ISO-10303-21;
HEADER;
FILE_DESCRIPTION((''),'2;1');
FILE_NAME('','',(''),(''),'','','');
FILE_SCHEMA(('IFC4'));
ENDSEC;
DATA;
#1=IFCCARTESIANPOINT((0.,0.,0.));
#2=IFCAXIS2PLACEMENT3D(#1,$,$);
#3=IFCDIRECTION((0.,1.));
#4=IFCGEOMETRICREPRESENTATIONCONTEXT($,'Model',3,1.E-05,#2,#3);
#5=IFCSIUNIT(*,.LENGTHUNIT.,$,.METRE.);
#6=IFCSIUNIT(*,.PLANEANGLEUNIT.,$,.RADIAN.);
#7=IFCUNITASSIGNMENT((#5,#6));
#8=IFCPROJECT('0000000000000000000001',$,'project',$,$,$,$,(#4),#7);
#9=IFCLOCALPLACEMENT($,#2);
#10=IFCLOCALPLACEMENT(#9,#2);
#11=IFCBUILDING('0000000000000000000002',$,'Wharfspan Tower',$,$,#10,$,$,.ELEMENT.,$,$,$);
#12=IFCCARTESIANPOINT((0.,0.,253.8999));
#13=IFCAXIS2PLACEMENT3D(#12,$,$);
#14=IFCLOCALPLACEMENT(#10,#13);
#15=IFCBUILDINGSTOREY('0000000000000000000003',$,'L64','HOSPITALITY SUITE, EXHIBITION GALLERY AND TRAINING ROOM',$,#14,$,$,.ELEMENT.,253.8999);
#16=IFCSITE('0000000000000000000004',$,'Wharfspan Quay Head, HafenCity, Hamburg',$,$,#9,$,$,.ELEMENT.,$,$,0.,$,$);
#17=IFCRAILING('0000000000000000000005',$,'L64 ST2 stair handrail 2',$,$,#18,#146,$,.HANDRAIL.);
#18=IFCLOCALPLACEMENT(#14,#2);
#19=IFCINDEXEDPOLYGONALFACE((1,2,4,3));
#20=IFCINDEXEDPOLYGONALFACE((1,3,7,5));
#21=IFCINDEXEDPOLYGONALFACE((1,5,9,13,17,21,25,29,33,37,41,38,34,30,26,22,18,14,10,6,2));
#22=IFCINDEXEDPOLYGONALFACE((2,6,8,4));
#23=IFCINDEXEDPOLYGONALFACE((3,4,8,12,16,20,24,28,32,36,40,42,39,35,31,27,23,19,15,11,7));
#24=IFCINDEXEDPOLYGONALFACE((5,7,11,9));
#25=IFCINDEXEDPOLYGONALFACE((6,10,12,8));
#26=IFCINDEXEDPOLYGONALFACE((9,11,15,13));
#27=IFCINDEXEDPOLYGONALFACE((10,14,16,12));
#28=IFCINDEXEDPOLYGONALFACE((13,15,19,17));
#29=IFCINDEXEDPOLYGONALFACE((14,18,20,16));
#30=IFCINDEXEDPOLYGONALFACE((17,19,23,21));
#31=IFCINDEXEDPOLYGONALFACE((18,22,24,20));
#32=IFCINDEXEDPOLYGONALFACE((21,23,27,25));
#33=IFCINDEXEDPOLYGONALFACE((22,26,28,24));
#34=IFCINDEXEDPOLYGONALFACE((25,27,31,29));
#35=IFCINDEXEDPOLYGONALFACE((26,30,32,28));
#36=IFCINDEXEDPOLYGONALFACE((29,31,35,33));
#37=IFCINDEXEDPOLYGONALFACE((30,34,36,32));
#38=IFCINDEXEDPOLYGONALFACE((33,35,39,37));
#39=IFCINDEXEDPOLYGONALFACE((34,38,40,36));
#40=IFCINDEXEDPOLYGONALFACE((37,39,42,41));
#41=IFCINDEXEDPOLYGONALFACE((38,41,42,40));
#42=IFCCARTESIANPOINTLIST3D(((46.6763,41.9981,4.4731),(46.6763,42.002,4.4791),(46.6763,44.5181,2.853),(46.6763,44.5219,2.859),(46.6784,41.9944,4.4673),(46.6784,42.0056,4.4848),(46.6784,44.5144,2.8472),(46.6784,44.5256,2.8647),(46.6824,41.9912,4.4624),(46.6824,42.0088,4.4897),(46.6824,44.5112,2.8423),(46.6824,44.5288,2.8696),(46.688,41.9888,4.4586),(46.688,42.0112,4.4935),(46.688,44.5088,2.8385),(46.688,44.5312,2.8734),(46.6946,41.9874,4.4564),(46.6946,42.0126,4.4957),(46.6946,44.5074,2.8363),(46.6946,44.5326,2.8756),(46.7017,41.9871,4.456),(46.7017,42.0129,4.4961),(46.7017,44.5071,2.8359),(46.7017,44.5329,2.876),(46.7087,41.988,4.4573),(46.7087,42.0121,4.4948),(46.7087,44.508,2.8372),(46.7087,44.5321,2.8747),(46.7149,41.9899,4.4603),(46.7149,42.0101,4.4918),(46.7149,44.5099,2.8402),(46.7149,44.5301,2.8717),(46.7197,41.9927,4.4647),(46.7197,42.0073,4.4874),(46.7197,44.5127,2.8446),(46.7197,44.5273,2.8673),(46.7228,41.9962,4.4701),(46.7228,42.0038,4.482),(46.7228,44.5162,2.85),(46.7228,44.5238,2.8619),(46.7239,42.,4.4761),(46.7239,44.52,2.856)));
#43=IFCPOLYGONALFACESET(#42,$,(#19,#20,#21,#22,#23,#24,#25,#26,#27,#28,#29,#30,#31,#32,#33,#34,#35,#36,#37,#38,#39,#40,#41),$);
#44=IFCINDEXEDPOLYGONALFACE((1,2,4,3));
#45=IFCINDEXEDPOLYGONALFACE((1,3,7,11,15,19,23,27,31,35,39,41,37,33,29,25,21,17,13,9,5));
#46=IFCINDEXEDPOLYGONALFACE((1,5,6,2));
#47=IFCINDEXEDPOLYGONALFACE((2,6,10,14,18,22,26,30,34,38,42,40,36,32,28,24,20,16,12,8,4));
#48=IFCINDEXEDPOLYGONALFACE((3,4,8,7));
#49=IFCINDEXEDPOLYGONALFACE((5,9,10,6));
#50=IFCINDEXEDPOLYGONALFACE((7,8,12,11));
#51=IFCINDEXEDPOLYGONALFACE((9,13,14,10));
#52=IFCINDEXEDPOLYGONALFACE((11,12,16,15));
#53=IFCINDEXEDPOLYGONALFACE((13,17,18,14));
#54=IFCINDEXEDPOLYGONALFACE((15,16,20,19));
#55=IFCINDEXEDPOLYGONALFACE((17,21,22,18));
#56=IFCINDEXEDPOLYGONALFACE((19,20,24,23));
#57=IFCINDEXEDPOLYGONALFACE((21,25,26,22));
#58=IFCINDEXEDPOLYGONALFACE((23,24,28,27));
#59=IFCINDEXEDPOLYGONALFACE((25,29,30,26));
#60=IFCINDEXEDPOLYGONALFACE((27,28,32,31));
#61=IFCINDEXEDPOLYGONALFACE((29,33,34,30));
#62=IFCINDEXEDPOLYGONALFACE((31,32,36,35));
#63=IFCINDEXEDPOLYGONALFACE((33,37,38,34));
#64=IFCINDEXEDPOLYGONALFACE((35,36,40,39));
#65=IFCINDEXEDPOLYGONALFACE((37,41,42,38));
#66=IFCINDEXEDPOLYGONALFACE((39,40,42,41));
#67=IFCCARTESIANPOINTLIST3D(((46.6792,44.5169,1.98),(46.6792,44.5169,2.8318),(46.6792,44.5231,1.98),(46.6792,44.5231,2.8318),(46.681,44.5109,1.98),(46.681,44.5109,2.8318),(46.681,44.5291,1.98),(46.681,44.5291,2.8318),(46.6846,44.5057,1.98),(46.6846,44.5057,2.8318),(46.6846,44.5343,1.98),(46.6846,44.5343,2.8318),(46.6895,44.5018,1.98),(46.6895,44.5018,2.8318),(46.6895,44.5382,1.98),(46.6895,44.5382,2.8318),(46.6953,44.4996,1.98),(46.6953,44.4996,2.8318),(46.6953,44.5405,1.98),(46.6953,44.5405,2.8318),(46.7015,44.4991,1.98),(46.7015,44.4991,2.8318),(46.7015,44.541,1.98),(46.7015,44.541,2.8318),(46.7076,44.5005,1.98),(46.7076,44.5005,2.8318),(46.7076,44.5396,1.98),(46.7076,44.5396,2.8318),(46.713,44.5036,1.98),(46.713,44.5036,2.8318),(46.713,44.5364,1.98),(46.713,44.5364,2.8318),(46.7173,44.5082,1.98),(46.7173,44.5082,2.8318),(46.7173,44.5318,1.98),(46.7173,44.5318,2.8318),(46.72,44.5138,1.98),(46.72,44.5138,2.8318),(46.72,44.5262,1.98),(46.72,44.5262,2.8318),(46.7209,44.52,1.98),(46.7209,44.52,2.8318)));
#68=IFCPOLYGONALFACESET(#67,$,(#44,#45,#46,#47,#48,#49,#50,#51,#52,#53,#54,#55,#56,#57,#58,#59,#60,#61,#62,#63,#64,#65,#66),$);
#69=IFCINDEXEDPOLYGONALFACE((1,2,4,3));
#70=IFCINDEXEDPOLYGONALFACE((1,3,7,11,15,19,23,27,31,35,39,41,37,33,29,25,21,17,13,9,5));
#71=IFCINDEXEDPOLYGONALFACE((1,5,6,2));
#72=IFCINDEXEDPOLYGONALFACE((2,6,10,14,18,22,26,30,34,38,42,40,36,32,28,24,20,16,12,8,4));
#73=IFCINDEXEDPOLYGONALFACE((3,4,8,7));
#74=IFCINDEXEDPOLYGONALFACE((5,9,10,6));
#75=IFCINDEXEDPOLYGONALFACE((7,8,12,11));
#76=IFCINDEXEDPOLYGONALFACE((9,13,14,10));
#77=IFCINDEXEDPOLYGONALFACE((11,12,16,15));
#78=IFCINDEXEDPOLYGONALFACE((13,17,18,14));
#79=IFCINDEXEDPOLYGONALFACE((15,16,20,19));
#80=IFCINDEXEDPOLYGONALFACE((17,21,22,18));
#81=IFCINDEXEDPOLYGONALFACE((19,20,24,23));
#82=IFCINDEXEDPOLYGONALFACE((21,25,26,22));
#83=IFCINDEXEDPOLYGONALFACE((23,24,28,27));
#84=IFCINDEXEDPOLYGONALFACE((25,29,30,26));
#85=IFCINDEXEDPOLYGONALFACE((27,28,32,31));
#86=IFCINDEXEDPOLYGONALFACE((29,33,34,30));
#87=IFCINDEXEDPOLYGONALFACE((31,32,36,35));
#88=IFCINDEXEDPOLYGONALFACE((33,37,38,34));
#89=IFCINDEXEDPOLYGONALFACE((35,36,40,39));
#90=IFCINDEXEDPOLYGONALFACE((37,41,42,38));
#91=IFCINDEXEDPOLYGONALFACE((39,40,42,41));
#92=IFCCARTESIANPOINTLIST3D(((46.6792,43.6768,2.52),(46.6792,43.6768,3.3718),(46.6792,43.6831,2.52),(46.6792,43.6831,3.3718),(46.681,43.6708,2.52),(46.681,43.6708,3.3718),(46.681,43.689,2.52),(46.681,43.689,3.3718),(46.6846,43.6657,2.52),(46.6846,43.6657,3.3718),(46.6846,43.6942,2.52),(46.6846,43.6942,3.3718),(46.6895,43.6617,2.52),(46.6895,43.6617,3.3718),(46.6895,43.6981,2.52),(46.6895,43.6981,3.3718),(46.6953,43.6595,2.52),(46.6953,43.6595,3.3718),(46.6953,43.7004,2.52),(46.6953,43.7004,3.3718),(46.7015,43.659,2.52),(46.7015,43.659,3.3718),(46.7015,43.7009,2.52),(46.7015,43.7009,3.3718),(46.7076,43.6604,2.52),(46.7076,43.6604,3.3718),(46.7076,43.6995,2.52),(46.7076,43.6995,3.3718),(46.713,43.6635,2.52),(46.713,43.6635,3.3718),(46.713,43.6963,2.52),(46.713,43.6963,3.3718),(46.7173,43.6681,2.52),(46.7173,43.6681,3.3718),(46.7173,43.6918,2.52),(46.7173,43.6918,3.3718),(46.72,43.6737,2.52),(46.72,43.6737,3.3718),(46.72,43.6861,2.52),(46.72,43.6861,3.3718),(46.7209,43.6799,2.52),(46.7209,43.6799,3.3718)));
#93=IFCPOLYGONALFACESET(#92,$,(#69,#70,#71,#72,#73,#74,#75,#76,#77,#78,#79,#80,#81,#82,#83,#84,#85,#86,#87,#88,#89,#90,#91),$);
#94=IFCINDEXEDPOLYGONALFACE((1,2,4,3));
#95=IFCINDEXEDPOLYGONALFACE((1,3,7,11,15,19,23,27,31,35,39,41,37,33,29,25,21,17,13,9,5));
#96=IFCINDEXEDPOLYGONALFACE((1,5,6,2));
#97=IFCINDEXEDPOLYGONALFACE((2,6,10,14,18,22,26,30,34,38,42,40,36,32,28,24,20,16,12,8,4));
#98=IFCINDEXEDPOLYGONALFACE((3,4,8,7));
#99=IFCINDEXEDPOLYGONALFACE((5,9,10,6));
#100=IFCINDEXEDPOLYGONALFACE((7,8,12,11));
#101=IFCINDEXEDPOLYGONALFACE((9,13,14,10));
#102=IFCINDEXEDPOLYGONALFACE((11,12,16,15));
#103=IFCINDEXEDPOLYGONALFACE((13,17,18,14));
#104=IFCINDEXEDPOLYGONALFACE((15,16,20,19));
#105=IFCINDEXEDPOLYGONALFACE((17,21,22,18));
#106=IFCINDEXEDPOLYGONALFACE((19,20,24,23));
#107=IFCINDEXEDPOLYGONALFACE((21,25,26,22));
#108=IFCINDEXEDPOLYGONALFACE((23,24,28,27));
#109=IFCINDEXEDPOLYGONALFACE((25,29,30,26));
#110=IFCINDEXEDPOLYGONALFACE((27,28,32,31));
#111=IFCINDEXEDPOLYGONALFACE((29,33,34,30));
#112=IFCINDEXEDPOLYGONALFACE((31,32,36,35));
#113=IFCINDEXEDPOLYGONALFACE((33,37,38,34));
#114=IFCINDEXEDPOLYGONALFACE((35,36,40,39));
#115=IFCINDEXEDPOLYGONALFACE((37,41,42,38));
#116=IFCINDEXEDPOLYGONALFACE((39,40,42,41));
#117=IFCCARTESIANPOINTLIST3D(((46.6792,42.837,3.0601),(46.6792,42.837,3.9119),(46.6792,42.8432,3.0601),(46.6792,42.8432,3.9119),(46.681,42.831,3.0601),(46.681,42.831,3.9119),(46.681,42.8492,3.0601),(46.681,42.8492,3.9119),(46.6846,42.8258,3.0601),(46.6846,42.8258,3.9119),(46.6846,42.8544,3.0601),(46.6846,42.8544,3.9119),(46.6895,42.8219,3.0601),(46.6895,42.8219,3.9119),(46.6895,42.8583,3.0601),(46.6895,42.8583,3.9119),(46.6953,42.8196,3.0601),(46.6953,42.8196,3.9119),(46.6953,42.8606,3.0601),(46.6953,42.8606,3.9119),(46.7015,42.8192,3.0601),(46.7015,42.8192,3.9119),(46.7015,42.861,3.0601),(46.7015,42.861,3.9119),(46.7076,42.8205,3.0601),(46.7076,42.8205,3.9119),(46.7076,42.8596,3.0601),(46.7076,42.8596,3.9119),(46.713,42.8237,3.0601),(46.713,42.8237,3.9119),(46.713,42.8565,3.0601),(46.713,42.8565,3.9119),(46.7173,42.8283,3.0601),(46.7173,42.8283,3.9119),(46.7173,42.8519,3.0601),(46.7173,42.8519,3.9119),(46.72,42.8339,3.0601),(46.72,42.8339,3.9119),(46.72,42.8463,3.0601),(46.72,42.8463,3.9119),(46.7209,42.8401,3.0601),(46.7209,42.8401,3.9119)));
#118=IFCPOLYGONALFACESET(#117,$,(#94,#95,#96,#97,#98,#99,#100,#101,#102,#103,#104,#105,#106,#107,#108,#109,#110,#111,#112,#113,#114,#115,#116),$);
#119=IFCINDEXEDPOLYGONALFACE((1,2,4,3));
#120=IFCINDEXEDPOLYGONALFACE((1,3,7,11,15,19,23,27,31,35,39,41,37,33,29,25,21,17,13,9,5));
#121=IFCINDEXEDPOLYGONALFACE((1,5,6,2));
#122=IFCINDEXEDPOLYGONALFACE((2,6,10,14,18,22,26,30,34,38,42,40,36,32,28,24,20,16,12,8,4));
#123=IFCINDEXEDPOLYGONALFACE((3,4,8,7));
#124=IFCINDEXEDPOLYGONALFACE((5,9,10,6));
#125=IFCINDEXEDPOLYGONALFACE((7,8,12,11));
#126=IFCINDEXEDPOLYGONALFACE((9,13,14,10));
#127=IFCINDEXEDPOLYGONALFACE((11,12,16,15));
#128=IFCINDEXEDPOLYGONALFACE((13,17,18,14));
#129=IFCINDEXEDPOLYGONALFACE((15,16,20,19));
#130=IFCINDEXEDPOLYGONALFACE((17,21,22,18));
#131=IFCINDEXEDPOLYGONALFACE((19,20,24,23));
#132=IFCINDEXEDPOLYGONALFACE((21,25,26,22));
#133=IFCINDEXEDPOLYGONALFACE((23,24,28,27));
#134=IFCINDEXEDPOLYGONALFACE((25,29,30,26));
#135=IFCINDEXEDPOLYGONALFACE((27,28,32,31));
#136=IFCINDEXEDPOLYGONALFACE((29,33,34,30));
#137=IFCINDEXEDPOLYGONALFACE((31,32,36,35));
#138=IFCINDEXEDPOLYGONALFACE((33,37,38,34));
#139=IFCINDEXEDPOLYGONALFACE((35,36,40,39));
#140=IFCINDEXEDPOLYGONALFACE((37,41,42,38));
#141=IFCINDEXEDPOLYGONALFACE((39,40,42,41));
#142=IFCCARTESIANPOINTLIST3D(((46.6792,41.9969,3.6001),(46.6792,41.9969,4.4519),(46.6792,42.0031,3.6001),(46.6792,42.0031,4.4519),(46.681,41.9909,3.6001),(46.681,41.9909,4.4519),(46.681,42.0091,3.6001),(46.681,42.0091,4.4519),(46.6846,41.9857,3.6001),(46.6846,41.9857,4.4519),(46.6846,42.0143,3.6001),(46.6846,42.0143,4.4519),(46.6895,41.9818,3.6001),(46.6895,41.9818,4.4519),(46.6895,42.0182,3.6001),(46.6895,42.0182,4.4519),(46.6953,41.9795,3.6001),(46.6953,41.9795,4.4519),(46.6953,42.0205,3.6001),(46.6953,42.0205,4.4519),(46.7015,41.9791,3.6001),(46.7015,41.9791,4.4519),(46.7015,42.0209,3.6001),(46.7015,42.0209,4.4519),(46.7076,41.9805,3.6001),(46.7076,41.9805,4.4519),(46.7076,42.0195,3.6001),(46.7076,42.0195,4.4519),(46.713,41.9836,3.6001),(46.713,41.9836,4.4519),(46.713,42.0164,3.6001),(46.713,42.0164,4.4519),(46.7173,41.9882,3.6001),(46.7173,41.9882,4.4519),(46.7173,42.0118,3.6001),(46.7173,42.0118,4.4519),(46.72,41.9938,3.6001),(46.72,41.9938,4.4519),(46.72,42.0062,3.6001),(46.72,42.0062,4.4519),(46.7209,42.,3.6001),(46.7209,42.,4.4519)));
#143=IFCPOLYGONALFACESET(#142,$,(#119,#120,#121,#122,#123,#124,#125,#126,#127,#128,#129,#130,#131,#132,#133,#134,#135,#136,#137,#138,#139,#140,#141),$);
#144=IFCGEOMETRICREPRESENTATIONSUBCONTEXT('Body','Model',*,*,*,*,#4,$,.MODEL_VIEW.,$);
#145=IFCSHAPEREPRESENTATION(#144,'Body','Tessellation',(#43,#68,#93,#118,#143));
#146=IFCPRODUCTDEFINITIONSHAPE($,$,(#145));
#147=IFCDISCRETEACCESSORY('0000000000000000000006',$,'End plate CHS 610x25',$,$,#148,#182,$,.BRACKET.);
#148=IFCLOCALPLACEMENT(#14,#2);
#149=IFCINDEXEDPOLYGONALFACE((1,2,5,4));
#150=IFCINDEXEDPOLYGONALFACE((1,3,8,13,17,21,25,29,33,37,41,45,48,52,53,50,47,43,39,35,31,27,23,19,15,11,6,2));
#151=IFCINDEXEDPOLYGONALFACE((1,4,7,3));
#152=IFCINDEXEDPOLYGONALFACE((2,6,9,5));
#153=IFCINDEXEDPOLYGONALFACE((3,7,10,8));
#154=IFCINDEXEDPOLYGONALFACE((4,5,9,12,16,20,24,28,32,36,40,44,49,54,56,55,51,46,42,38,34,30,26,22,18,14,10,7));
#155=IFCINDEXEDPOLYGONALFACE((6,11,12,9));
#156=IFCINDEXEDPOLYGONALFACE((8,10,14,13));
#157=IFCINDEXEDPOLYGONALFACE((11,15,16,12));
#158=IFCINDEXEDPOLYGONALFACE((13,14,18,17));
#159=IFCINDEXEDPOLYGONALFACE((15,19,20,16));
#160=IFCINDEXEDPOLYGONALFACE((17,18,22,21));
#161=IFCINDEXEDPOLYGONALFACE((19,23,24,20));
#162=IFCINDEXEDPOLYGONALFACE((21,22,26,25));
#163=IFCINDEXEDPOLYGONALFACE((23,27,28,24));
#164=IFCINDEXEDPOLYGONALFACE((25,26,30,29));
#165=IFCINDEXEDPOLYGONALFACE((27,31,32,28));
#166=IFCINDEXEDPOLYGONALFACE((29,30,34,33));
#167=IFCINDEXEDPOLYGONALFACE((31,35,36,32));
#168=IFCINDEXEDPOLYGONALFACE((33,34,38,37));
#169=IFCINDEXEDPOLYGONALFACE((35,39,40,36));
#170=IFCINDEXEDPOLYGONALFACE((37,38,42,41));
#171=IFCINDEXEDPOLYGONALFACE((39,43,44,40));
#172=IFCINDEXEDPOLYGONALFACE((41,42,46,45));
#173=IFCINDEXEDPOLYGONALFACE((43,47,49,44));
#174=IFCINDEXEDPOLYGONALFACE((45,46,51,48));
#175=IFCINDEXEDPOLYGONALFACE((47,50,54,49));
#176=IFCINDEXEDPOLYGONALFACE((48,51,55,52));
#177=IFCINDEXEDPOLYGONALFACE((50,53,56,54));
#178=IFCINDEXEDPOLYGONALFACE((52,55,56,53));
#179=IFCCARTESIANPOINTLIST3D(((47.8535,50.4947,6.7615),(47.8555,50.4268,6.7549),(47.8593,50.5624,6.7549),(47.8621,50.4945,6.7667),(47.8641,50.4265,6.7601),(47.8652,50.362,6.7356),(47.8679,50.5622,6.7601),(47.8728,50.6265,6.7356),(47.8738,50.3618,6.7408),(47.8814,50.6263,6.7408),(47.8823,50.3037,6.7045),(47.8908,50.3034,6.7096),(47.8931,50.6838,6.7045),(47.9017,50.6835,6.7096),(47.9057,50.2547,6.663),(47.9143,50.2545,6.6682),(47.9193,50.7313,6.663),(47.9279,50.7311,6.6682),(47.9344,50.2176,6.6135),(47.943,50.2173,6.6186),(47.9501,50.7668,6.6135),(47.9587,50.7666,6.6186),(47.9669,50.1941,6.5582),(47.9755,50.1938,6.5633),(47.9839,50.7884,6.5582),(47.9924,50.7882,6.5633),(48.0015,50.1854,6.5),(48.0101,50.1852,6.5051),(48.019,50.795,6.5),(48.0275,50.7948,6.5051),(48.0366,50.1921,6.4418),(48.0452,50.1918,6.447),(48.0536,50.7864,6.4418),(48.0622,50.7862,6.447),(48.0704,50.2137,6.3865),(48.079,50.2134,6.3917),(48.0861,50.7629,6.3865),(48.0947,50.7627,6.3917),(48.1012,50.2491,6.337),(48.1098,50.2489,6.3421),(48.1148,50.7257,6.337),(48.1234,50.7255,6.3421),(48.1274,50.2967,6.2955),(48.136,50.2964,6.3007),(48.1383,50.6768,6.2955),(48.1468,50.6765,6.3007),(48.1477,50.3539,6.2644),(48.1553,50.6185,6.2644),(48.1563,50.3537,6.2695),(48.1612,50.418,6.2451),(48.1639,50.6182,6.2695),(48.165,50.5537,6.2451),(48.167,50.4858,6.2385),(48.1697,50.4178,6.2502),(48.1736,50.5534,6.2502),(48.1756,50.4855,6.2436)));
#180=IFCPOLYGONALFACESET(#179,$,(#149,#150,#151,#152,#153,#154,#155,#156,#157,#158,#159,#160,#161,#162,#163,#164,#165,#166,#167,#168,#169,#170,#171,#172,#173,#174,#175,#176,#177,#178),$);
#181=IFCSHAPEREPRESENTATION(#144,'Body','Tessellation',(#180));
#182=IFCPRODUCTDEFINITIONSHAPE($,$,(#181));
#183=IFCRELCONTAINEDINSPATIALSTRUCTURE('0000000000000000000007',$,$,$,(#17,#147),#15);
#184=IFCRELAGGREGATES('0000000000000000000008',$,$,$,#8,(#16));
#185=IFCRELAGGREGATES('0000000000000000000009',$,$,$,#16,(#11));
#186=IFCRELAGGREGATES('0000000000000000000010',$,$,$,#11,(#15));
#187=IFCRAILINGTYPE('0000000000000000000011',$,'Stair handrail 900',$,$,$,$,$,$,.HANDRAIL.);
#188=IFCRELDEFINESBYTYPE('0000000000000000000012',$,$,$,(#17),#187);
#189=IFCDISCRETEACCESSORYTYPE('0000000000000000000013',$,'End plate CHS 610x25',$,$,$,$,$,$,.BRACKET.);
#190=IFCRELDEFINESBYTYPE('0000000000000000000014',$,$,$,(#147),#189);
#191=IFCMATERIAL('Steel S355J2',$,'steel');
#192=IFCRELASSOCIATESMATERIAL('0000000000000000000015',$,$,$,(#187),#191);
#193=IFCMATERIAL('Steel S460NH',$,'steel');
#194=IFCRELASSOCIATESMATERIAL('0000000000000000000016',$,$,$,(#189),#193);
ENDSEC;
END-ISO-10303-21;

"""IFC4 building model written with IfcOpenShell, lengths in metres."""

from ifc_helpers import new_model, si_unit, direction, frame, origin, origin_2d, place, context, subcontext, project, spatial, circle, extrude, material, material_profile, profile_set, type_object, element, save


model = new_model("IFC4")

# Units and contexts
model_context = context("Model", 3, precision=1e-05, world=origin(), true_north=direction((0.0, 1.0)))
body_context = subcontext(model_context, "Body", "Model", "MODEL_VIEW")
ifc_project = project(units=[si_unit("LENGTHUNIT", "METRE"), si_unit("PLANEANGLEUNIT", "RADIAN")], contexts=[model_context])

# Site, building, storey
site_placement = place(None, origin())
site = spatial("IfcSite", under=ifc_project, at=site_placement, Name="Wharfspan Quay Head, HafenCity, Hamburg", CompositionType="ELEMENT", RefElevation=0.0)
building_placement = place(site_placement, origin())
building = spatial("IfcBuilding", under=site, at=building_placement, Name="Wharfspan Tower", CompositionType="ELEMENT")
storey_placement = place(building_placement, frame((0.0, 0.0, 253.8999)))
storey = spatial("IfcBuildingStorey", under=building, at=storey_placement, Name="L64", Description="HOSPITALITY SUITE, EXHIBITION GALLERY AND TRAINING ROOM", CompositionType="ELEMENT", Elevation=253.8999)

# Shared definitions
ifc_material_1 = material(Name="Steel S355J2", Category="steel")

# Railing
railing_type_1 = type_object("IfcRailingType", Name="Stair handrail 900", PredefinedType="HANDRAIL", material=ifc_material_1)
railing_1_placement = place(storey_placement, frame((46.7, 44.52, 1.98)))
element("IfcRailing", 1, at=railing_1_placement, inside=storey, type_object=railing_type_1, Name="L64 ST2 stair handrail 2", PredefinedType="HANDRAIL", context=body_context, shape_type="SweptSolid", body=[
    extrude(circle(Radius=0.0239, at=origin_2d()), frame((0.0, 0.0, 0.876), z_axis=(0.0, -0.841163, 0.540782), x_axis=(1.0, 0.0, 0.0)), (0.0, 0.0, 1.0), 2.9958),
    extrude(circle(Radius=0.021, at=origin_2d()), origin(), (0.0, 0.0, 1.0), 0.8518),
    extrude(circle(Radius=0.021, at=origin_2d()), frame((0.0, -0.8401, 0.54)), (0.0, 0.0, 1.0), 0.8518),
    extrude(circle(Radius=0.021, at=origin_2d()), frame((0.0, -1.6799, 1.0801)), (0.0, 0.0, 1.0), 0.8518),
    extrude(circle(Radius=0.021, at=origin_2d()), frame((0.0, -2.52, 1.6201)), (0.0, 0.0, 1.0), 0.8518),
])

# Discrete accessory
ifc_material_2 = material(Name="Steel S460NH", Category="steel")
ifc_material_profile_1 = material_profile(ifc_material_2, circle(Radius=0.3049, at=origin_2d()))
ifc_profile_set_1 = profile_set([ifc_material_profile_1], Name="Steel S460NH")
discrete_accessory_type = type_object("IfcDiscreteAccessoryType", Name="End plate CHS 610x25", PredefinedType="BRACKET", material=ifc_profile_set_1)
discrete_accessory_placement = place(storey_placement, frame((48.0103, 50.4902, 6.5), z_axis=(0.857236, -0.024492, 0.514341), x_axis=(0.028558, 0.999591, 0.000002)))
element("IfcDiscreteAccessory", 2, at=discrete_accessory_placement, inside=storey, type_object=discrete_accessory_type, Name="End plate CHS 610x25", PredefinedType="BRACKET", context=body_context, shape_type="SweptSolid", body=[
    extrude(circle(Radius=0.3049, at=origin_2d()), origin(), (0.0, 0.0, 1.0), 0.01),
])

save(model, "model.ifc")
